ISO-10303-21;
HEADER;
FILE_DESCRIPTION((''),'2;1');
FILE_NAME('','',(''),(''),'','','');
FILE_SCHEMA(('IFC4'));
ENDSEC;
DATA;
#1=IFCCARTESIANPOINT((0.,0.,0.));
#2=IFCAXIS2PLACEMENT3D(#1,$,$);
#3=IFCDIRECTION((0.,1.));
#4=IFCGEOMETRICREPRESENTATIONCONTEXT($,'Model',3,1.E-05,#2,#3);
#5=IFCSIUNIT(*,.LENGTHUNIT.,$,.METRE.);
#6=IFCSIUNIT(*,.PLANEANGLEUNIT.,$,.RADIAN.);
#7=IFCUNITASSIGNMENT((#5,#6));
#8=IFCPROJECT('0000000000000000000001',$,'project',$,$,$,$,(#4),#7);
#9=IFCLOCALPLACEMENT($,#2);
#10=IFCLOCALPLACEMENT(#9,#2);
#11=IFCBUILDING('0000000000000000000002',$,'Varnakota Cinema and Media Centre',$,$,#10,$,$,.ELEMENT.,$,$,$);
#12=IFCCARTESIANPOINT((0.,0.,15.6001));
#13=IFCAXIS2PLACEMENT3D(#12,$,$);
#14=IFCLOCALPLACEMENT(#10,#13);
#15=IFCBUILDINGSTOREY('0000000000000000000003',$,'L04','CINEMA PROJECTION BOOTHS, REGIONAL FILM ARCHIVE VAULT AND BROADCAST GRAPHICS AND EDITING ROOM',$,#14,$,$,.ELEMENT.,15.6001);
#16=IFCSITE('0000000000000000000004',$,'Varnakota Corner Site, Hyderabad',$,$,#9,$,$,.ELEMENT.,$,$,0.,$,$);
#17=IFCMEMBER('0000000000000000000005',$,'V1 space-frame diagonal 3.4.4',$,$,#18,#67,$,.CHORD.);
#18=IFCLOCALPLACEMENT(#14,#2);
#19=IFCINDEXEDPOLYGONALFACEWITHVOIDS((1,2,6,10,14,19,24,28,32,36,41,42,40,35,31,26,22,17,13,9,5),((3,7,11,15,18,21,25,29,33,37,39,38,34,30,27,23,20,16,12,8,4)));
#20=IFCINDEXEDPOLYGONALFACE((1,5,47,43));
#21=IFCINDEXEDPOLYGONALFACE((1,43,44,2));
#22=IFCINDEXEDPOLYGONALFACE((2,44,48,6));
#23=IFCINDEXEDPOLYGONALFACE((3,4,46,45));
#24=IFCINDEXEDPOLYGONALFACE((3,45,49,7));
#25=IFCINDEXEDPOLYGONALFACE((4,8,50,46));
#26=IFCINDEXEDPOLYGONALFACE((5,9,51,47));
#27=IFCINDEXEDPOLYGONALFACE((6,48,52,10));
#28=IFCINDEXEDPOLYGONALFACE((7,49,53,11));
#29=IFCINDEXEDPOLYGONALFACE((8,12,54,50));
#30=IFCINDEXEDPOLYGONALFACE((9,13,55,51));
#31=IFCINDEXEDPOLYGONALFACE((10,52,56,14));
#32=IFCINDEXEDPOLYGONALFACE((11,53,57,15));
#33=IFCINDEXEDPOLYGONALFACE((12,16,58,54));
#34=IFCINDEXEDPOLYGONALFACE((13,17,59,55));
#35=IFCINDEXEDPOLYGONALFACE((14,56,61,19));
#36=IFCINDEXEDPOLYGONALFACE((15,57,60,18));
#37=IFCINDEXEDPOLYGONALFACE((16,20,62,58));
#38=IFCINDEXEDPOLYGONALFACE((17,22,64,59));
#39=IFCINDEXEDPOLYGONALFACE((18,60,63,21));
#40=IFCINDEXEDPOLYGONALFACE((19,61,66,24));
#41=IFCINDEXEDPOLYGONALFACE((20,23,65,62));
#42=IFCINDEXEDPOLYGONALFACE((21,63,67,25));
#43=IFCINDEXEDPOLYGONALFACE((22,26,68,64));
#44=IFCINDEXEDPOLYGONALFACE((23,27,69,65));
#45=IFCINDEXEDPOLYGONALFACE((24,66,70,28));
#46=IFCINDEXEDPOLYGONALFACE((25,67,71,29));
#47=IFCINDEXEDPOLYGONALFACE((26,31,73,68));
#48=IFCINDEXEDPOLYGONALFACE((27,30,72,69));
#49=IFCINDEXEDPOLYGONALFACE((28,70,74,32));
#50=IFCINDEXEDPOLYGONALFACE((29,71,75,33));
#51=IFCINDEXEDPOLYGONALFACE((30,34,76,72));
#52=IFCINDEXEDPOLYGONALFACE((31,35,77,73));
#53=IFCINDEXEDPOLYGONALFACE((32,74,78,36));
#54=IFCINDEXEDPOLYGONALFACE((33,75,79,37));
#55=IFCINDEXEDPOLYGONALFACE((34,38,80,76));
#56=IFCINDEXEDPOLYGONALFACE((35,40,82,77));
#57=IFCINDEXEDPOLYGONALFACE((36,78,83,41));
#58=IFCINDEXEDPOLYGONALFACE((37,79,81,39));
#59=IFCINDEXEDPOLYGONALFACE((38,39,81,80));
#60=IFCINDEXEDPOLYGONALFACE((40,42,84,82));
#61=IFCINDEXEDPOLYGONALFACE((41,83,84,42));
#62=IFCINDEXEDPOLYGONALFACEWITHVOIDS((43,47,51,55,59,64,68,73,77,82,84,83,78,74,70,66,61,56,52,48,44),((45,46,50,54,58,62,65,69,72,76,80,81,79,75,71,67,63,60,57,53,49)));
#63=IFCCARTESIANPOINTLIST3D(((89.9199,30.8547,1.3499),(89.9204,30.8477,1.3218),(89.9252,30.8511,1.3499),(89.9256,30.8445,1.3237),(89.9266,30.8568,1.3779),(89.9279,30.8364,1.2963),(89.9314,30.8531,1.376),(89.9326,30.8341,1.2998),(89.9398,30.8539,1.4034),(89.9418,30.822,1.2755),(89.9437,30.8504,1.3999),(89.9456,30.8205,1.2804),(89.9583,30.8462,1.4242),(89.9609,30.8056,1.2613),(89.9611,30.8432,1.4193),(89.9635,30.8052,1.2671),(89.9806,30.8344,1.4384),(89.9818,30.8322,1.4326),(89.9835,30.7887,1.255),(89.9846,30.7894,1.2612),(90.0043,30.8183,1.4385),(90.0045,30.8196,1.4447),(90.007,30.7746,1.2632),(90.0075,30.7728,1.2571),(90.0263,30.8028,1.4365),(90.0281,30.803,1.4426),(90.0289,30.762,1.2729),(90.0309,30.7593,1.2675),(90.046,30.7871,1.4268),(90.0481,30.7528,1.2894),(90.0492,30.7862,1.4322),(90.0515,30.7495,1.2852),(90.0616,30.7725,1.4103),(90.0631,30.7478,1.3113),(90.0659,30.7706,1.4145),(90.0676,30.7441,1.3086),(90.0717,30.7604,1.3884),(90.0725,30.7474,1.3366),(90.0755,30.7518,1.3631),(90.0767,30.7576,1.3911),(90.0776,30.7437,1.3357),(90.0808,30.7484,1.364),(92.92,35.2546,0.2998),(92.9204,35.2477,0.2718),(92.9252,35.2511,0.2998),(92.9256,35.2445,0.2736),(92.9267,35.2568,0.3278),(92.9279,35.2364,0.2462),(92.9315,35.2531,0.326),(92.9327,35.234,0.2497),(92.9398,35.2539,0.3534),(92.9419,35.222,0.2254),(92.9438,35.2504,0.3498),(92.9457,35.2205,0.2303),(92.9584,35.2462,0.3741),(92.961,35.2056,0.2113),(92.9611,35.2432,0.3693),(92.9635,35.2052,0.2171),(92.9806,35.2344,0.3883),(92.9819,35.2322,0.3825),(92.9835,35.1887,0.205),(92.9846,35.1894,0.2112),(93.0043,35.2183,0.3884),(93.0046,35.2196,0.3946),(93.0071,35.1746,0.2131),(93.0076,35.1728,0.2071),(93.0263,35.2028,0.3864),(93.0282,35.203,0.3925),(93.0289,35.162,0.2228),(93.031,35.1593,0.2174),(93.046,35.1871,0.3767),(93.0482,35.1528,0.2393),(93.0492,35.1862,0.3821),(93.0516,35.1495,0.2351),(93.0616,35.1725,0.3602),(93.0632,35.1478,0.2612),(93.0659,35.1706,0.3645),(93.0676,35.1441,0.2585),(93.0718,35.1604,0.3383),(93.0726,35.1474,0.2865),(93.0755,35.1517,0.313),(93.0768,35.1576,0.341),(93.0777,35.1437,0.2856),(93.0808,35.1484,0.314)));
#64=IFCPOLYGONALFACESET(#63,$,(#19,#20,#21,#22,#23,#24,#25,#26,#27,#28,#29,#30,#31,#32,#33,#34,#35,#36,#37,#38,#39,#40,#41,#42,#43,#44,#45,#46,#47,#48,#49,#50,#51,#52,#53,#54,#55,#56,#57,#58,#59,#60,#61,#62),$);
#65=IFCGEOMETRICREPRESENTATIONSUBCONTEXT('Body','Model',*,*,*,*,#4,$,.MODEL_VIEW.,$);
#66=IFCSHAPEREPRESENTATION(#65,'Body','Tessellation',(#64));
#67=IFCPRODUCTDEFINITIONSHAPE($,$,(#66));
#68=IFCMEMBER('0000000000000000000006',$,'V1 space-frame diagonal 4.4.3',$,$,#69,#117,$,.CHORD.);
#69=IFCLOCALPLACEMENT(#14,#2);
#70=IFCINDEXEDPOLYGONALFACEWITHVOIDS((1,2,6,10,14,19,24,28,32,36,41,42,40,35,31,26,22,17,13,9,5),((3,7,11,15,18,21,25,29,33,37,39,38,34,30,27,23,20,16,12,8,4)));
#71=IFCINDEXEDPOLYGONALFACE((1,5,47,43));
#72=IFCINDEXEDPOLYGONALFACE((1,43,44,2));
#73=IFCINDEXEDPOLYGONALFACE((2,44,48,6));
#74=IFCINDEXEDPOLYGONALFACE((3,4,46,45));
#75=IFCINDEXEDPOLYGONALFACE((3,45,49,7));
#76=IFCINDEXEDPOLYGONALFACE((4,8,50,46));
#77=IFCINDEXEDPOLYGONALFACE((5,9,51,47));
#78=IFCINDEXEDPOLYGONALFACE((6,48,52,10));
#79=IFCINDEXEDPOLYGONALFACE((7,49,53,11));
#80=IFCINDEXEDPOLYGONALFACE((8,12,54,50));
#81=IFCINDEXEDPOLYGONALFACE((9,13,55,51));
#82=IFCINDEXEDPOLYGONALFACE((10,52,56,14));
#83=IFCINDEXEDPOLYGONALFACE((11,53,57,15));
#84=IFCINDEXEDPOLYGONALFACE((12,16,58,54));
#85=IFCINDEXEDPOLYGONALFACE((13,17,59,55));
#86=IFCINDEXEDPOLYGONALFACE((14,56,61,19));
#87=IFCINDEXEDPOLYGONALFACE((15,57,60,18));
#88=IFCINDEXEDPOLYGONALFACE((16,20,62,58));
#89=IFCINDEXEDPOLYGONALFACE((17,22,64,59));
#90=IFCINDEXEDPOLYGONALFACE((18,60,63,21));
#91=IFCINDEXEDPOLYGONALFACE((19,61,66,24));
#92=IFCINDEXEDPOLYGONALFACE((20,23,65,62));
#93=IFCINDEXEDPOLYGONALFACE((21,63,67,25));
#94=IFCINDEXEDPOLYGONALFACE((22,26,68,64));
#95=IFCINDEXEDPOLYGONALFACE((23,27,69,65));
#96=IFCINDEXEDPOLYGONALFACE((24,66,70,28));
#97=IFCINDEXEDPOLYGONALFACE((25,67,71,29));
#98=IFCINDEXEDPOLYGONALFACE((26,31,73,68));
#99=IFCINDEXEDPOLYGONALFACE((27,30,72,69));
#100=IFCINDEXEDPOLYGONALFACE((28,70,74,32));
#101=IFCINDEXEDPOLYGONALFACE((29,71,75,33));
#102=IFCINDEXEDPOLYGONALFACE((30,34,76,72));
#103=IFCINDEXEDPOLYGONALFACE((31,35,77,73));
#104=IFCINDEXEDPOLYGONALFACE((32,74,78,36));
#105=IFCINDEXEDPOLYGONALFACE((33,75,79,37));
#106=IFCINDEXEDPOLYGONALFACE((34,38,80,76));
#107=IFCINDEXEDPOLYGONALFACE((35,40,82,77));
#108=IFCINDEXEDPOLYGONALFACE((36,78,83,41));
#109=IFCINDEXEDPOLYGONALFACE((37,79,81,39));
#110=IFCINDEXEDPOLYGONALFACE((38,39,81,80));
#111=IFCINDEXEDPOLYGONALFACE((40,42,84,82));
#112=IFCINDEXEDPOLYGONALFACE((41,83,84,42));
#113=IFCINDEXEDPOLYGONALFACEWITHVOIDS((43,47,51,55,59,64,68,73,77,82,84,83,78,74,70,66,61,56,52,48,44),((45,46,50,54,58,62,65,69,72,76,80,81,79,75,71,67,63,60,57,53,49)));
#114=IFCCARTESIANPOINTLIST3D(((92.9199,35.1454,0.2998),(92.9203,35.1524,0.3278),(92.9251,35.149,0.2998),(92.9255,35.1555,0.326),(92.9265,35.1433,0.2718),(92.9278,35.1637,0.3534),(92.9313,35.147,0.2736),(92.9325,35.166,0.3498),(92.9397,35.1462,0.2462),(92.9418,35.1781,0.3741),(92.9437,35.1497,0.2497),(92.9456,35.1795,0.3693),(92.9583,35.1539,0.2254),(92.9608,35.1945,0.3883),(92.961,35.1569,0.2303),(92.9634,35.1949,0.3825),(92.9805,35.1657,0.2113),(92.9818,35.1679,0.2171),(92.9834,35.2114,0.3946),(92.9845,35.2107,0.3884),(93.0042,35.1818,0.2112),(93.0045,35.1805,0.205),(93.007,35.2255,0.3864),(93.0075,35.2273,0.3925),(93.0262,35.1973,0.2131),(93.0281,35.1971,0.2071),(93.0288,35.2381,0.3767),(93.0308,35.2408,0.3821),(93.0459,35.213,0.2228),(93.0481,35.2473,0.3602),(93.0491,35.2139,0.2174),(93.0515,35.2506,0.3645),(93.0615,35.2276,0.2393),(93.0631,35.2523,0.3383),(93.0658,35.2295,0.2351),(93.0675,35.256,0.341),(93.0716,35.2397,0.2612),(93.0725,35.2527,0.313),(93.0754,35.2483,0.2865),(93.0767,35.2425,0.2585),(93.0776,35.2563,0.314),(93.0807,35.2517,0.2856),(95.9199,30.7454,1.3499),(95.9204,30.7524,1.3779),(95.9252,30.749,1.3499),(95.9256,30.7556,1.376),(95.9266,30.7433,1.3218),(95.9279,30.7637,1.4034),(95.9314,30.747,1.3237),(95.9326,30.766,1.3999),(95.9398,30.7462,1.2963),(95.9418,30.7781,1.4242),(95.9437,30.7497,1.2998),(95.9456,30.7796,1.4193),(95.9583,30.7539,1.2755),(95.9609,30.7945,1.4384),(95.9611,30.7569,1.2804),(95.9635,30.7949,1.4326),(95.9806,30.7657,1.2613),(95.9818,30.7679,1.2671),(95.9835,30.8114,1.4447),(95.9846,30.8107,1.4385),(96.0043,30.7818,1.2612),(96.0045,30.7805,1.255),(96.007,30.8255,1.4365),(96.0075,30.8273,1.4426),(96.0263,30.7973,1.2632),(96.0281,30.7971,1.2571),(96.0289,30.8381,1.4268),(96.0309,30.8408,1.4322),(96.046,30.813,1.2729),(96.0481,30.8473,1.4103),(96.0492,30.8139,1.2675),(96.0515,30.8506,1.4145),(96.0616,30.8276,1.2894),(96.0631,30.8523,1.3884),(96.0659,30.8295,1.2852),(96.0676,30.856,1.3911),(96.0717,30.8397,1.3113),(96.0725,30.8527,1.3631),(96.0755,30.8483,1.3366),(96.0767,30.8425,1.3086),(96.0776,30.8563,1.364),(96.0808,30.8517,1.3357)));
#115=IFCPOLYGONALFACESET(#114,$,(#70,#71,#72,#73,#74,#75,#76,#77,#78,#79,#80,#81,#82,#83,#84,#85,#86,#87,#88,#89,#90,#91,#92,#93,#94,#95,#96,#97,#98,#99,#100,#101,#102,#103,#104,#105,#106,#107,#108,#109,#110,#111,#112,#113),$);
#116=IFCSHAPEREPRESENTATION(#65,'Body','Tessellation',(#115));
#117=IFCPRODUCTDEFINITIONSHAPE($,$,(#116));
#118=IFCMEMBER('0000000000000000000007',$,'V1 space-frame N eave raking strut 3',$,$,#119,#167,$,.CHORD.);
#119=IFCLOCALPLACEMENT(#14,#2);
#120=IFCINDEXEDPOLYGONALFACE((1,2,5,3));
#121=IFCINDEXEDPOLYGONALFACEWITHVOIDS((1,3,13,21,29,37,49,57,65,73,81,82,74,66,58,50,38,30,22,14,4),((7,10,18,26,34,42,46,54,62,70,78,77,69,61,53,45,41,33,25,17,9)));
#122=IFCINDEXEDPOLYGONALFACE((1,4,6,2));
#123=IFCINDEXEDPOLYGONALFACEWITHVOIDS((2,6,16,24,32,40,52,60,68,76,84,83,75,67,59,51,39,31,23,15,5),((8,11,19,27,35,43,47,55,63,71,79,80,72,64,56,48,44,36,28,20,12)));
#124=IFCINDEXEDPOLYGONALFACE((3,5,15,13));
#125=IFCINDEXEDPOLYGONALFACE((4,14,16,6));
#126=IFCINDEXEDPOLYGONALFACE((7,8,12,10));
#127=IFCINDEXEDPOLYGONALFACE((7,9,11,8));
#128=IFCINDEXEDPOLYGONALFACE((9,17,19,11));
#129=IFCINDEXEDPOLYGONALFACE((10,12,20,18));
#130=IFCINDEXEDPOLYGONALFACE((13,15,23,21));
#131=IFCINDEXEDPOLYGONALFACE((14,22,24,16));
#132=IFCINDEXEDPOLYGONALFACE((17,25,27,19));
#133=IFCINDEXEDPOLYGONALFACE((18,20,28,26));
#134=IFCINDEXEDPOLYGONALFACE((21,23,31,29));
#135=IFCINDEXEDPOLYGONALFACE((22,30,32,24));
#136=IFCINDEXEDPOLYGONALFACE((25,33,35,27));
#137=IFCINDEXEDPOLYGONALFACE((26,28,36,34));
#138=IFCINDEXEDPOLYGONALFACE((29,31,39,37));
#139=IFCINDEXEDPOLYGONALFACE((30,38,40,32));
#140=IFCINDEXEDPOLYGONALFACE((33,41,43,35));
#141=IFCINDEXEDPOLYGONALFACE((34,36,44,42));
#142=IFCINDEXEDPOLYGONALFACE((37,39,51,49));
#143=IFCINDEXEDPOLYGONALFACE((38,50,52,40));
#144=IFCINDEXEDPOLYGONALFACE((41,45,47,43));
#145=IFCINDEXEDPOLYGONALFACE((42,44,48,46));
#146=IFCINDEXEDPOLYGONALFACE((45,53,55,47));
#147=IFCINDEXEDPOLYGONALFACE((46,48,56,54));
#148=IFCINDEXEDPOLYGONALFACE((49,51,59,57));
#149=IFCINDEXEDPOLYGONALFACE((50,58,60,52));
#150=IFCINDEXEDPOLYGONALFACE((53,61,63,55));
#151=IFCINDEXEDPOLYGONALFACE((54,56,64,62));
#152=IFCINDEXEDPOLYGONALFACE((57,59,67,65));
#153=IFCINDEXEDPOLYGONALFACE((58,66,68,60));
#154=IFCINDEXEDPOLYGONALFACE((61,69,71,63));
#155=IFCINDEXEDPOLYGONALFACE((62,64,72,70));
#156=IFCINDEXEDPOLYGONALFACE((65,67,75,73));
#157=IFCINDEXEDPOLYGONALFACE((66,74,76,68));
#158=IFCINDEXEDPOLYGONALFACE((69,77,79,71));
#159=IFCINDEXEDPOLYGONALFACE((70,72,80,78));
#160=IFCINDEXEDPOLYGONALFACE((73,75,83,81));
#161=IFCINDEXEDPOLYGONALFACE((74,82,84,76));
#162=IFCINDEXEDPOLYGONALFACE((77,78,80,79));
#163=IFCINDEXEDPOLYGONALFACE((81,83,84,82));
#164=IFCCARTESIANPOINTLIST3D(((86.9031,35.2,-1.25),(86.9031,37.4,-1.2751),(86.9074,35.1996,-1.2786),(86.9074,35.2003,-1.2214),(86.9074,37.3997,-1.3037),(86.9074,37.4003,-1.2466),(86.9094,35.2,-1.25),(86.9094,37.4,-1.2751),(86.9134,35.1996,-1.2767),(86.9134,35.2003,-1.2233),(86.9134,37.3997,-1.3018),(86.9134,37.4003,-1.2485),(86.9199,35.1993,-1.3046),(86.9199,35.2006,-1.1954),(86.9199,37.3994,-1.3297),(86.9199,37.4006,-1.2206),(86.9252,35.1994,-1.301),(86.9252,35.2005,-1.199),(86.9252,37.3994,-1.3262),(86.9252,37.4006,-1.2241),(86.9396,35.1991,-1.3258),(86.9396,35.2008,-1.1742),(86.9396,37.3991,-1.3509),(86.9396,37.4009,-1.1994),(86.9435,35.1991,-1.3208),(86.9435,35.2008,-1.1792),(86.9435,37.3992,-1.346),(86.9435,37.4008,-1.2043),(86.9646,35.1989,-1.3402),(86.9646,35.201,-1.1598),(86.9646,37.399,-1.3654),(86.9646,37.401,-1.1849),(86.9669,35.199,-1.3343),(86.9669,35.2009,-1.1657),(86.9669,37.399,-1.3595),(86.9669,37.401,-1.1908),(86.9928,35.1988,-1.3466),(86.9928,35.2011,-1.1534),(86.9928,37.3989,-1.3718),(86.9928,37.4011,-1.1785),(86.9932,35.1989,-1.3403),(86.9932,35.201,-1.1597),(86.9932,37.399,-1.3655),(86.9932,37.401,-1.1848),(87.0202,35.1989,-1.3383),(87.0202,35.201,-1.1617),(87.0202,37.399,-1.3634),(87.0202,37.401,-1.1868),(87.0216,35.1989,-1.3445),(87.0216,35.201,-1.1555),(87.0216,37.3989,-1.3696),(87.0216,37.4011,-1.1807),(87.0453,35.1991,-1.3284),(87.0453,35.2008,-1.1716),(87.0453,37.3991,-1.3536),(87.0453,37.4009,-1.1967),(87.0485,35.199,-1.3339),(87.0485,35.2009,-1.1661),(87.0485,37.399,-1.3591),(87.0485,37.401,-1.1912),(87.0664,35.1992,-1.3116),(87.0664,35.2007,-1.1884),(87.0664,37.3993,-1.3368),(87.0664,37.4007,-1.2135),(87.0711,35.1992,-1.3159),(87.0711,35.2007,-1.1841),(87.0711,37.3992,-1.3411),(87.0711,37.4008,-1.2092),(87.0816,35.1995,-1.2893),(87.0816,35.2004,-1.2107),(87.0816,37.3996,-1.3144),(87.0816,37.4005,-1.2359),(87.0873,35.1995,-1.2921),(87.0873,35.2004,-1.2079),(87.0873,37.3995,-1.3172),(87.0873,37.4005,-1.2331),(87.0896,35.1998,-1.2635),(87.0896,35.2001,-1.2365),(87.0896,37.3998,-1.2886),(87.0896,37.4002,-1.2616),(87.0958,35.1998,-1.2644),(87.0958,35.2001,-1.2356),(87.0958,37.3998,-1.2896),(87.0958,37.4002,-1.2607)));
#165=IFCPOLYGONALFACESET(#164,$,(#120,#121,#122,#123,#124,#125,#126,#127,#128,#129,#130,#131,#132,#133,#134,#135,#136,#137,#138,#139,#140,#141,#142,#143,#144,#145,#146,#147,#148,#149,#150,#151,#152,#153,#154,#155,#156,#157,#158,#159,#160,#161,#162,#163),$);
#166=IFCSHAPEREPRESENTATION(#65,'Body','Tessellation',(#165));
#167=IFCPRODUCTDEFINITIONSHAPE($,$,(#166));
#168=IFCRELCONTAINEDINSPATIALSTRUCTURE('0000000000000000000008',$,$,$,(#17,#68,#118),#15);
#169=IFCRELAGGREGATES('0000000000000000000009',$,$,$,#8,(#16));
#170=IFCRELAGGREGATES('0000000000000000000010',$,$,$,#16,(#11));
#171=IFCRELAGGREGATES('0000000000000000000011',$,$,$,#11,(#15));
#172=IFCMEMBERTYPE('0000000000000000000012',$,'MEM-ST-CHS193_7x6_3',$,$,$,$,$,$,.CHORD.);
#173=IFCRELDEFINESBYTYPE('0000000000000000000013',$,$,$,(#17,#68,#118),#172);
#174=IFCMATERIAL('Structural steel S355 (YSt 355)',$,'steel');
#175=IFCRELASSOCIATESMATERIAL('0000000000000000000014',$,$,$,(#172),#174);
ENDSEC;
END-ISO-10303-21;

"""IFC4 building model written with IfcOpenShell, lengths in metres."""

from ifc_helpers import new_model, si_unit, direction, frame, origin, origin_2d, place, context, subcontext, project, spatial, hollow_circle, extrude, material, material_profile, profile_set, type_object, element, save


model = new_model("IFC4")

# Units and contexts
model_context = context("Model", 3, precision=1e-05, world=origin(), true_north=direction((0.0, 1.0)))
body_context = subcontext(model_context, "Body", "Model", "MODEL_VIEW")
ifc_project = project(units=[si_unit("LENGTHUNIT", "METRE"), si_unit("PLANEANGLEUNIT", "RADIAN")], contexts=[model_context])

# Site, building, storey
site_placement = place(None, origin())
site = spatial("IfcSite", under=ifc_project, at=site_placement, Name="Varnakota Corner Site, Hyderabad", CompositionType="ELEMENT", RefElevation=0.0)
building_placement = place(site_placement, origin())
building = spatial("IfcBuilding", under=site, at=building_placement, Name="Varnakota Cinema and Media Centre", CompositionType="ELEMENT")
storey_placement = place(building_placement, frame((0.0, 0.0, 15.6001)))
storey = spatial("IfcBuildingStorey", under=building, at=storey_placement, Name="L04", Description="CINEMA PROJECTION BOOTHS, REGIONAL FILM ARCHIVE VAULT AND BROADCAST GRAPHICS AND EDITING ROOM", CompositionType="ELEMENT", Elevation=15.6001)

# Members
ifc_material_1 = material(Name="Structural steel S355 (YSt 355)", Category="steel")
ifc_material_profile_1 = material_profile(ifc_material_1, hollow_circle(Radius=0.0969, WallThickness=0.0063, at=origin_2d()), Name="CHS 193.7x6.3")
ifc_profile_set_1 = profile_set([ifc_material_profile_1], Name="Structural steel S355 (YSt 355)")
member_type_1 = type_object("IfcMemberType", Name="MEM-ST-CHS193_7x6_3", PredefinedType="CHORD", material=ifc_profile_set_1)
for number, where, z_axis, x_axis, name in (
    (1, (90.0, 30.8, 1.3499), (0.552703, 0.810613, -0.193455), (-0.826222, 0.563345, 0.0), "V1 space-frame diagonal 3.4.4"),
    (2, (96.0, 30.8, 1.3499), (-0.552703, 0.810613, -0.193455), (-0.826222, -0.563345, 0.0), "V1 space-frame diagonal 4.4.3"),
):
    element("IfcMember", number, at=place(storey_placement, frame(where, z_axis=z_axis, x_axis=x_axis)), inside=storey, type_object=member_type_1, Name=name, PredefinedType="CHORD", context=body_context, shape_type="SweptSolid", body=[
        extrude(hollow_circle(Radius=0.0969, WallThickness=0.0063, at=origin_2d()), origin(), (0.0, 0.0, 1.0), 5.428),
    ])
for number, where, z_axis, x_axis, name in (
    (3, (87.0, 35.2, -1.25), (0.0, 0.999935, -0.01143), (-1.0, 0.0, 0.0), "V1 space-frame N eave raking strut 3"),
):
    element("IfcMember", number, at=place(storey_placement, frame(where, z_axis=z_axis, x_axis=x_axis)), inside=storey, type_object=member_type_1, Name=name, PredefinedType="CHORD", context=body_context, shape_type="SweptSolid", body=[
        extrude(hollow_circle(Radius=0.0969, WallThickness=0.0063, at=origin_2d()), origin(), (0.0, 0.0, 1.0), 2.2002),
    ])

save(model, "model.ifc")
